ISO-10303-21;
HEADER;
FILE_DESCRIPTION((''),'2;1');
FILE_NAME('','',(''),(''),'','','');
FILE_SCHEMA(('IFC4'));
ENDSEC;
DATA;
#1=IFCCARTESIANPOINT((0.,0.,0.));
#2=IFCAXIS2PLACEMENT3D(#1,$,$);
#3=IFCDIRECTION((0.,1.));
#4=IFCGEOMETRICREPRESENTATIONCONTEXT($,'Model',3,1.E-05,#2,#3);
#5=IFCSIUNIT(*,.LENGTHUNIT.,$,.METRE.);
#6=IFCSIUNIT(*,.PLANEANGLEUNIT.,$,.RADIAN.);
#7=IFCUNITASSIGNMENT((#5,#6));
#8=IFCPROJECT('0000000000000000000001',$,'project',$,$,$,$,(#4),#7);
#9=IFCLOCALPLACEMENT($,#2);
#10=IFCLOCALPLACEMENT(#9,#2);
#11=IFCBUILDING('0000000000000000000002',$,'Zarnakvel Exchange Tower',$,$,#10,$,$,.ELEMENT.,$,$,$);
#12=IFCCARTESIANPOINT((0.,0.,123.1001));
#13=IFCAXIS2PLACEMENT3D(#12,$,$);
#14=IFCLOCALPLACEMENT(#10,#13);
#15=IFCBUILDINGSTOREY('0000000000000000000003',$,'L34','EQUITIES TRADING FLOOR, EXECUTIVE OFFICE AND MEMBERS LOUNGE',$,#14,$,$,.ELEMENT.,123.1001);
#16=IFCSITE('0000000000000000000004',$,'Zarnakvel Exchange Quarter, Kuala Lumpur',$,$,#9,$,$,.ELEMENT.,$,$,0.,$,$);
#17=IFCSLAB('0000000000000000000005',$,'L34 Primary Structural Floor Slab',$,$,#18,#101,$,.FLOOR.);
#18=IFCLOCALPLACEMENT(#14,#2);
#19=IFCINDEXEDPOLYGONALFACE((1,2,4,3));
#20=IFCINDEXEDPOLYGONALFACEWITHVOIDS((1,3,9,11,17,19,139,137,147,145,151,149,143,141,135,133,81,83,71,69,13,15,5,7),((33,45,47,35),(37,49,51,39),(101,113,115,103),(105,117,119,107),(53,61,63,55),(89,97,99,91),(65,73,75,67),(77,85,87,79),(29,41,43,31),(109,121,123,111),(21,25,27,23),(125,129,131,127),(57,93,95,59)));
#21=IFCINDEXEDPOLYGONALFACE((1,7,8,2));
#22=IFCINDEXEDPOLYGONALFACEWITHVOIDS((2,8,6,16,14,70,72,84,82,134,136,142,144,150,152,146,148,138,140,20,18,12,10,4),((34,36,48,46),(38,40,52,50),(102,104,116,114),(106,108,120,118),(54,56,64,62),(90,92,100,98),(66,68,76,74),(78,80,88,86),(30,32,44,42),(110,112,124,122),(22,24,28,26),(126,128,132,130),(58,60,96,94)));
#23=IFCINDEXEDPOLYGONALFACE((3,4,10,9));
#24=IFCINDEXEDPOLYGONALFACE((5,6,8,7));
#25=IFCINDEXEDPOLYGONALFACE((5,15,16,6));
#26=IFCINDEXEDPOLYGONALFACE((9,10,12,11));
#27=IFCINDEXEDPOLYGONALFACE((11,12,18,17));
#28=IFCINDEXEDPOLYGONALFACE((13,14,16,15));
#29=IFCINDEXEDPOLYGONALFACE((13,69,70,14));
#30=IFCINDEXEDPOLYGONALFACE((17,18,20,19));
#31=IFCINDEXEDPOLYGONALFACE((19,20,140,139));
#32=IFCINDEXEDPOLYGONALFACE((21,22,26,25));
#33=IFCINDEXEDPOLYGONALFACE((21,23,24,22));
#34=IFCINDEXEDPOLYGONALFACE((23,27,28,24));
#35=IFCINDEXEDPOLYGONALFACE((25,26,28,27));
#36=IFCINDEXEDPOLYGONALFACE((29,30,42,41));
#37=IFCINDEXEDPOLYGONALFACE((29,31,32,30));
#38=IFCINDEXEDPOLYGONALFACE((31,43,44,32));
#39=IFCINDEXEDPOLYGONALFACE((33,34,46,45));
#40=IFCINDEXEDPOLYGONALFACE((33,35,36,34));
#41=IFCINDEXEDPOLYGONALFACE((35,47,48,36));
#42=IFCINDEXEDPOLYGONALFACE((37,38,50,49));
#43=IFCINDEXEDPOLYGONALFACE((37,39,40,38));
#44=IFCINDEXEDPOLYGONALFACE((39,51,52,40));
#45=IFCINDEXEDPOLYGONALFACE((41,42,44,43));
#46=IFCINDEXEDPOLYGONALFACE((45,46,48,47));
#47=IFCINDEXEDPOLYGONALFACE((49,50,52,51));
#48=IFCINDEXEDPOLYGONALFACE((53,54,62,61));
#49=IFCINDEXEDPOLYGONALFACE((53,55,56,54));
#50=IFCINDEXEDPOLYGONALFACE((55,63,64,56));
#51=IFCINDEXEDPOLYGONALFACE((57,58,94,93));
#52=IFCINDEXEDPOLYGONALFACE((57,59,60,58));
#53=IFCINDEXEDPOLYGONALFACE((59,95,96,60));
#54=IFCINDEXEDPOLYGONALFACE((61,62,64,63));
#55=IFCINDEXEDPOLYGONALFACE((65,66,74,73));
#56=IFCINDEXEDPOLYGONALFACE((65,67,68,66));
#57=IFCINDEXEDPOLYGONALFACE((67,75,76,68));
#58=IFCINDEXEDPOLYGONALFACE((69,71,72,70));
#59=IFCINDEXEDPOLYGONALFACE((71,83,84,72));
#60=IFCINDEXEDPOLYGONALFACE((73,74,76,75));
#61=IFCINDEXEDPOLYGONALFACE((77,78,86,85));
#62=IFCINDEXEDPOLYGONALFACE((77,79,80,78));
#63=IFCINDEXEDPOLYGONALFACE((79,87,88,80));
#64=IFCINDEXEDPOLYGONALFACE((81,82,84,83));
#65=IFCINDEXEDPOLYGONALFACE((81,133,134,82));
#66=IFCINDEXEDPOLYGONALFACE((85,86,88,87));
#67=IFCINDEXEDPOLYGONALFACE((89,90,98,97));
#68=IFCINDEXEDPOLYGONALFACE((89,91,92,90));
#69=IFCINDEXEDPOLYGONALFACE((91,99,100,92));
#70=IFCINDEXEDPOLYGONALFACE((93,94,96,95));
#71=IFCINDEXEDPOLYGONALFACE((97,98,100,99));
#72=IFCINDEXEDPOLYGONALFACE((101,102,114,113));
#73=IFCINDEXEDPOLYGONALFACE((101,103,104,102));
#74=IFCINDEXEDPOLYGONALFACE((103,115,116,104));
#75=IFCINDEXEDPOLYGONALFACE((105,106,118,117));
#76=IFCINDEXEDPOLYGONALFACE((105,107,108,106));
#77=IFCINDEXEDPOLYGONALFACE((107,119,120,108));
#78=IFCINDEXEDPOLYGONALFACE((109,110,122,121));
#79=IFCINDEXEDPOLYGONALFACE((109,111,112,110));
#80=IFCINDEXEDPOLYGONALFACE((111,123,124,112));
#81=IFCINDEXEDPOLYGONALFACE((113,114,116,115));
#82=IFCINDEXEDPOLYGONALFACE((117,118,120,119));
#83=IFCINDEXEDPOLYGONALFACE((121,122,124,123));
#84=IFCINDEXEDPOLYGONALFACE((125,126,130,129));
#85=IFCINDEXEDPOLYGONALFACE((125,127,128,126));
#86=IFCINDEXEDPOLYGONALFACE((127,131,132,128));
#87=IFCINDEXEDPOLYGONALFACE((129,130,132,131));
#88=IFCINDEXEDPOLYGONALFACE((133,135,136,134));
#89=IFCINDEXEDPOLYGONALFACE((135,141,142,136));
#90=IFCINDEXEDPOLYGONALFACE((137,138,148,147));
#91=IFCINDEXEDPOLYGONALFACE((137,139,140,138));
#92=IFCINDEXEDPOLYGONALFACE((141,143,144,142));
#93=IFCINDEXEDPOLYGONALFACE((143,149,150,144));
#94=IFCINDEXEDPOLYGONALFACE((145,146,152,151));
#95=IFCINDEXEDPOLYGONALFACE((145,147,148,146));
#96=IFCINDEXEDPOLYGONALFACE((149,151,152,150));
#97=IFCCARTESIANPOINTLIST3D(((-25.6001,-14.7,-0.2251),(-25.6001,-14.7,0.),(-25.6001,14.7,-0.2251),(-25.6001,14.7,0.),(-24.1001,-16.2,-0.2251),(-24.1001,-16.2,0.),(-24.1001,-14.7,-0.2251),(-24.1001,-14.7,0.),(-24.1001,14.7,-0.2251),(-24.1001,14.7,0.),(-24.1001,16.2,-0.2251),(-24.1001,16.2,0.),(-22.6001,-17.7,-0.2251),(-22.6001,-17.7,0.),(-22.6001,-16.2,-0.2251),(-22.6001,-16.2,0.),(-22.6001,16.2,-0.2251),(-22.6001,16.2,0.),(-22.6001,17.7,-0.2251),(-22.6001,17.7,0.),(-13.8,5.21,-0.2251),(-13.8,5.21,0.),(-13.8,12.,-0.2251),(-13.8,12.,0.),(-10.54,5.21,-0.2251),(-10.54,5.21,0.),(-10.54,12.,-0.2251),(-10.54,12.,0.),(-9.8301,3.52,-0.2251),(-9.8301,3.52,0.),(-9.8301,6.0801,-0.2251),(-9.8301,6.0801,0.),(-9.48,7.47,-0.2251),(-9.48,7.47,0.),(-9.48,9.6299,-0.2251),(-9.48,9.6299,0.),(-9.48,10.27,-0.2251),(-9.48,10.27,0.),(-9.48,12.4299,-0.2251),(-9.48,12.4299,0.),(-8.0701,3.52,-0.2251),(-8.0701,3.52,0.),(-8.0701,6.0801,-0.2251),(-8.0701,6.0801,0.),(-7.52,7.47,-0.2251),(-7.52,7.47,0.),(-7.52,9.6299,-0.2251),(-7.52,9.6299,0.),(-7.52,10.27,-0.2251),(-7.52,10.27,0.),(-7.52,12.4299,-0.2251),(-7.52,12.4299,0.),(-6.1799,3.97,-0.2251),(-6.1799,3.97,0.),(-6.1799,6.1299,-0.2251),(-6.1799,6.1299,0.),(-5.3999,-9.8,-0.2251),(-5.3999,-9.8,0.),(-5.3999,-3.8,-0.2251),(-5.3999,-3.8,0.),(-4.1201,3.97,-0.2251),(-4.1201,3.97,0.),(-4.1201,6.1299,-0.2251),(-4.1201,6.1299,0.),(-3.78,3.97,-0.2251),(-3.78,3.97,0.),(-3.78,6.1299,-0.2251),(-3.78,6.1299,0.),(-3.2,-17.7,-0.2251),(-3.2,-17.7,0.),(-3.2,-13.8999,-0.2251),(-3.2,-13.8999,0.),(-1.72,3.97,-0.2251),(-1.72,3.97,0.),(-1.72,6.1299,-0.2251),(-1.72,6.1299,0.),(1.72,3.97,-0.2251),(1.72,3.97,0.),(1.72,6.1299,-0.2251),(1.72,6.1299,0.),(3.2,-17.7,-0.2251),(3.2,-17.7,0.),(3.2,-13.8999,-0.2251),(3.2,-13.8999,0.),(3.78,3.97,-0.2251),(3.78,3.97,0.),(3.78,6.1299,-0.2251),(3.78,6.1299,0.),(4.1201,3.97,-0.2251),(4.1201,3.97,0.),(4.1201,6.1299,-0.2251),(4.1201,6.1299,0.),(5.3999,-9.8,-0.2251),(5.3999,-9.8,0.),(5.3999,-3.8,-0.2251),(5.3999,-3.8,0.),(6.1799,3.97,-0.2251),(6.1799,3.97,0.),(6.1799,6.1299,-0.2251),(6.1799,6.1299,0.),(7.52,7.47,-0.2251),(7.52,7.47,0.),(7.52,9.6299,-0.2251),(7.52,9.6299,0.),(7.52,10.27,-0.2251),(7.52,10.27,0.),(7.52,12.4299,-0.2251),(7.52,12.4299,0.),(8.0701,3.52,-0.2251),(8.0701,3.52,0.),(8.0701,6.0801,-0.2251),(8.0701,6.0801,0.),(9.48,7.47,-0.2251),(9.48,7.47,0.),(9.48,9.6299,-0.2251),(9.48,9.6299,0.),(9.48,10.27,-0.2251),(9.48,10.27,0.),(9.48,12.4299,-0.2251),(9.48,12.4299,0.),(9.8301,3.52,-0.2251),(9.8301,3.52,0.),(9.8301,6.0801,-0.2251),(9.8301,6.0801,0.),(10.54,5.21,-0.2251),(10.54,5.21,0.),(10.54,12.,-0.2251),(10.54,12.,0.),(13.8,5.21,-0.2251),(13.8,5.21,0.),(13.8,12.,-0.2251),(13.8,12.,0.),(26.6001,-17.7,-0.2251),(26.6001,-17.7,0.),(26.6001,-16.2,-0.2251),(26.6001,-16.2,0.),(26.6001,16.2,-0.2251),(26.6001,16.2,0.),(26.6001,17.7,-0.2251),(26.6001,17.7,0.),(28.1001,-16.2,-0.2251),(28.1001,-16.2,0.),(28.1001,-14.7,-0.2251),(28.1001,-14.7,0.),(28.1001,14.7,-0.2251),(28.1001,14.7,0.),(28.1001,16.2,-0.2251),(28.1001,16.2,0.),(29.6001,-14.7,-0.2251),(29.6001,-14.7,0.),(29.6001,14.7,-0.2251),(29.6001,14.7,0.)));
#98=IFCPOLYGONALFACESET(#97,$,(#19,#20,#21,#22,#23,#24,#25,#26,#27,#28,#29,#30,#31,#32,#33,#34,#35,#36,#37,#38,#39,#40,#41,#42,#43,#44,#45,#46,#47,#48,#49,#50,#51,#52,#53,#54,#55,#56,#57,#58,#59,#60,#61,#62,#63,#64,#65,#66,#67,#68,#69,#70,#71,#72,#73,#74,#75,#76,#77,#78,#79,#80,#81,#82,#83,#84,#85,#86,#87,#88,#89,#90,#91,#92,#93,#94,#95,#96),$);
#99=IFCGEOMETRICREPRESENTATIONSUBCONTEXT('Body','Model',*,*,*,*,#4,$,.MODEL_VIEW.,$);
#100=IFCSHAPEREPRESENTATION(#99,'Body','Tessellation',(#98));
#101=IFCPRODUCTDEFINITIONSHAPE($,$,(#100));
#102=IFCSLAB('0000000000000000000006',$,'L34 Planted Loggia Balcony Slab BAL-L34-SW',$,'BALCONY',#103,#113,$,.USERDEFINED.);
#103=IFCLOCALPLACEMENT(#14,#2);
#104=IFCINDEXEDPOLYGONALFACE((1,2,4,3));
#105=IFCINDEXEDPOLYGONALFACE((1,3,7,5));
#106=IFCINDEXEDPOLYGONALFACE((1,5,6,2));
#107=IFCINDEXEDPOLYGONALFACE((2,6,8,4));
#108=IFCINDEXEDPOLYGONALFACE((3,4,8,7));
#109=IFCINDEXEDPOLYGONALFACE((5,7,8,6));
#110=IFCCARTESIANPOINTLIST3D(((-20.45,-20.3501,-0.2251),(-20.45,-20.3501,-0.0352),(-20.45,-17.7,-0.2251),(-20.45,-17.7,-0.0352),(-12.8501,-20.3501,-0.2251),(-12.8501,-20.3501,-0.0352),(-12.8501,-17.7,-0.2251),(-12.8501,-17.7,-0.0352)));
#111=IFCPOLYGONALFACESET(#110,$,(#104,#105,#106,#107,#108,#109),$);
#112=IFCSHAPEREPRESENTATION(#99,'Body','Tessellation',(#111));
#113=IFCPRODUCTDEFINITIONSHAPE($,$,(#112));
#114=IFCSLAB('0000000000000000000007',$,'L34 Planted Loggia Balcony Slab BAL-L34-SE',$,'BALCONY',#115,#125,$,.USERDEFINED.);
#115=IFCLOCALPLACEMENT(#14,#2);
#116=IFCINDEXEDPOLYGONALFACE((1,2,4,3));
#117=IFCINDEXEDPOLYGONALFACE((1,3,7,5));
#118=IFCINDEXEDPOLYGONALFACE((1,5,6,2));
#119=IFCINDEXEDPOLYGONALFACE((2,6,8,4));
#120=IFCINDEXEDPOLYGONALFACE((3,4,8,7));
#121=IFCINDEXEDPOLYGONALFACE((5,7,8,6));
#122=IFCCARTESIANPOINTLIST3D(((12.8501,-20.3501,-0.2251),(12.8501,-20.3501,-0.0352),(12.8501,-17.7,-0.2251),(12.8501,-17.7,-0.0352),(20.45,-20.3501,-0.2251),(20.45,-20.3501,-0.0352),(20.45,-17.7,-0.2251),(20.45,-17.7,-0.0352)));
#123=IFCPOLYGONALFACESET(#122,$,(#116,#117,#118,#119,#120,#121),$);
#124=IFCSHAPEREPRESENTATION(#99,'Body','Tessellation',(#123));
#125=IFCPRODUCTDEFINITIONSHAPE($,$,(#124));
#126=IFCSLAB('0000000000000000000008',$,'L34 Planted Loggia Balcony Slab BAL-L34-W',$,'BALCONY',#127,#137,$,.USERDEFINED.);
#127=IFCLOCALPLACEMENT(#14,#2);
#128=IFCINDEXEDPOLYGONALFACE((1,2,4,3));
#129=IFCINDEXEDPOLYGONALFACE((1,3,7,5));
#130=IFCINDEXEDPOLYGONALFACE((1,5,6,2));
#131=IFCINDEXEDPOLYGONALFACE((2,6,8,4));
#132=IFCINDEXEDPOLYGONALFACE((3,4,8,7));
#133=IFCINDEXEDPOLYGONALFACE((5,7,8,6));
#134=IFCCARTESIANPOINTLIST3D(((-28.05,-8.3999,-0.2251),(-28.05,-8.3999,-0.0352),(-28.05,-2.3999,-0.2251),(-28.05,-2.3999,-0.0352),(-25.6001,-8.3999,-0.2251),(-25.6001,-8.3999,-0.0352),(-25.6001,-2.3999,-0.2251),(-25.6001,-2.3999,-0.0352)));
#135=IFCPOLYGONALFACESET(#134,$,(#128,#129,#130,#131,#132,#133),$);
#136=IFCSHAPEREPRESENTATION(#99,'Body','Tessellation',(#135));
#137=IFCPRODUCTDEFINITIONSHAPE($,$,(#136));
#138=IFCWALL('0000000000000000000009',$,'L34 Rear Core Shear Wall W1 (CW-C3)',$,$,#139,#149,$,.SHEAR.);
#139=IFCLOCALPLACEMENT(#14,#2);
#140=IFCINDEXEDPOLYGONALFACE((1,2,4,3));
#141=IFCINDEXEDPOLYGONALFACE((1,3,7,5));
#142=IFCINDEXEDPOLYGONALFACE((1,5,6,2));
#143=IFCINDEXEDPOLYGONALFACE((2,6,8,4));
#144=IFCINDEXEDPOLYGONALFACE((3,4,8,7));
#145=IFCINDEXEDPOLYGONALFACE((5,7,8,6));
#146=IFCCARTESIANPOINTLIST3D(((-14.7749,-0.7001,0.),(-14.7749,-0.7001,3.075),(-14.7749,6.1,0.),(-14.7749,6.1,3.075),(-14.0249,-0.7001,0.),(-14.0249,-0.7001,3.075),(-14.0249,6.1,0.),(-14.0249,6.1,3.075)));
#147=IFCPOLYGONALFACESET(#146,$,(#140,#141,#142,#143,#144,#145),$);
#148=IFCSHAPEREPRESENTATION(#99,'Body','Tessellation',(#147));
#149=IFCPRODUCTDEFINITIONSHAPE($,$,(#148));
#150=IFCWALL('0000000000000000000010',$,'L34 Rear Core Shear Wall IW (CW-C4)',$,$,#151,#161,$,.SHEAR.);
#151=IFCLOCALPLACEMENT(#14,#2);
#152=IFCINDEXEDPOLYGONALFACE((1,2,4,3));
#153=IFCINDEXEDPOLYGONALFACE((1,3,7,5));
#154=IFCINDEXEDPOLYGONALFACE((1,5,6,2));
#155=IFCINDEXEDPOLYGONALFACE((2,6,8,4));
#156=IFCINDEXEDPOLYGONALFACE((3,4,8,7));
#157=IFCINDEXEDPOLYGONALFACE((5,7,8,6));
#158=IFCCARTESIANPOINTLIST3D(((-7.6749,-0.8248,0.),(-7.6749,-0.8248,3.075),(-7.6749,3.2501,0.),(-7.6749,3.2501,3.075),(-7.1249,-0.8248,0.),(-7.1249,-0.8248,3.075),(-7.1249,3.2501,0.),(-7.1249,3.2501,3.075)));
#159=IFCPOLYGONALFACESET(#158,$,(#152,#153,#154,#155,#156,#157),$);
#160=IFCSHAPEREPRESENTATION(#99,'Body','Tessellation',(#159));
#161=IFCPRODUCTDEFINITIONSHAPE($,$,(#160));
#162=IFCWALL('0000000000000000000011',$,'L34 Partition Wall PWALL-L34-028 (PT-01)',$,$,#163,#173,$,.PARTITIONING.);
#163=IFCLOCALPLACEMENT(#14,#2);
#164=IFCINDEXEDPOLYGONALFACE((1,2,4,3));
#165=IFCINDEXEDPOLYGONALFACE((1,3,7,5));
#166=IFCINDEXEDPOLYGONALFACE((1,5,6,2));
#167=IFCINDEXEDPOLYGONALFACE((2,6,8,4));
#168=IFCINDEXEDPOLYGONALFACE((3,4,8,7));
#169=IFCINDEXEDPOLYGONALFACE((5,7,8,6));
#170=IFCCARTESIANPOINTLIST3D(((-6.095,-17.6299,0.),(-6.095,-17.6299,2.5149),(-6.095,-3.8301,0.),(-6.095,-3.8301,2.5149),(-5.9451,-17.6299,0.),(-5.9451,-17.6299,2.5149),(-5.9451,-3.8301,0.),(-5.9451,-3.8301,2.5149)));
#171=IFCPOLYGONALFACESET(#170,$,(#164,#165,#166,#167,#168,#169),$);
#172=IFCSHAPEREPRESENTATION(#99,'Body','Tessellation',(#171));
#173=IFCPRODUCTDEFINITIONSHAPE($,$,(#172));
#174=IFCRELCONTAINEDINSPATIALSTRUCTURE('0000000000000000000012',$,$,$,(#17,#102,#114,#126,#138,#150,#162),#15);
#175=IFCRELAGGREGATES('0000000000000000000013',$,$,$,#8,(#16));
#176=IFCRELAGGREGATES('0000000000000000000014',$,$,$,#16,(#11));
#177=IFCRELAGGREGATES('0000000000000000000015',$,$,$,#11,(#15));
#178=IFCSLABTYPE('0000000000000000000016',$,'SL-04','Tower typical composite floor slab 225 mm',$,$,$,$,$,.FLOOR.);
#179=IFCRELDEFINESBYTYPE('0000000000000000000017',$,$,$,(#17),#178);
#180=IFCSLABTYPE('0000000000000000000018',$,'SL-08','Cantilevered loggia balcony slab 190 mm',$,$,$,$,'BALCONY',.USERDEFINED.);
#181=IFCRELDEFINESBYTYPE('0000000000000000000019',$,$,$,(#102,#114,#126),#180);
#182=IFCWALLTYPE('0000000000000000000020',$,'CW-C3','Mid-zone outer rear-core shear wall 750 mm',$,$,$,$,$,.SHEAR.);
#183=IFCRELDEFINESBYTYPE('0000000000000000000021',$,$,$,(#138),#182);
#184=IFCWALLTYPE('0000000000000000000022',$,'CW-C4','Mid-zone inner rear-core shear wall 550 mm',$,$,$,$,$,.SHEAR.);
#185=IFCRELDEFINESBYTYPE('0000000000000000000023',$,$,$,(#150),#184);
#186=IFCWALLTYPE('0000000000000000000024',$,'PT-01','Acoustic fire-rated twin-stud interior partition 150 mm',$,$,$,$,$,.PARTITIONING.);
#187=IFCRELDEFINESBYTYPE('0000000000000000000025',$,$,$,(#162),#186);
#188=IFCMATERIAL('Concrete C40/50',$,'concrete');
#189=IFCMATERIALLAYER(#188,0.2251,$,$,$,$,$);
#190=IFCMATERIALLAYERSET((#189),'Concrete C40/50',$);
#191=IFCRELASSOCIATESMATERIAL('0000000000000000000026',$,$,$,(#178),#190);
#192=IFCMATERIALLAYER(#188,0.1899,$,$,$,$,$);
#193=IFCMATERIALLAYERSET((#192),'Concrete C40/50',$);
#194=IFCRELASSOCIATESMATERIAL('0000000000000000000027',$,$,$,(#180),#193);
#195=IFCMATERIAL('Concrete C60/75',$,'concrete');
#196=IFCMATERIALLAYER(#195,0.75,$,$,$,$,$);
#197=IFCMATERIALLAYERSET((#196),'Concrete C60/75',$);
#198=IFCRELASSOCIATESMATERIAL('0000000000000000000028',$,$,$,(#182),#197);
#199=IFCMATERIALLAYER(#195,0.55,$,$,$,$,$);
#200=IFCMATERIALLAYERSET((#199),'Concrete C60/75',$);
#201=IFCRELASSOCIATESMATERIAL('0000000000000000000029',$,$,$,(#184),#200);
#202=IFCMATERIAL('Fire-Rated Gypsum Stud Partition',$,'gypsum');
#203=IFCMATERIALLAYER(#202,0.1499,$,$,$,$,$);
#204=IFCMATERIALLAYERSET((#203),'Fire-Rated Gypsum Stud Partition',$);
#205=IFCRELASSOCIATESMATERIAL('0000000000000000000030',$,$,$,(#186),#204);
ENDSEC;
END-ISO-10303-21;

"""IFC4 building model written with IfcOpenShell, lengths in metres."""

from ifc_helpers import new_model, si_unit, direction, frame, frame_2d, origin, place, context, subcontext, project, spatial, polyline, rectangle, outline, extrude, material, layer, layer_set, type_object, element, save


model = new_model("IFC4")

# Units and contexts
model_context = context("Model", 3, precision=1e-05, world=origin(), true_north=direction((0.0, 1.0)))
body_context = subcontext(model_context, "Body", "Model", "MODEL_VIEW")
ifc_project = project(units=[si_unit("LENGTHUNIT", "METRE"), si_unit("PLANEANGLEUNIT", "RADIAN")], contexts=[model_context])

# Site, building, storey
site_placement = place(None, origin())
site = spatial("IfcSite", under=ifc_project, at=site_placement, Name="Zarnakvel Exchange Quarter, Kuala Lumpur", CompositionType="ELEMENT", RefElevation=0.0)
building_placement = place(site_placement, origin())
building = spatial("IfcBuilding", under=site, at=building_placement, Name="Zarnakvel Exchange Tower", CompositionType="ELEMENT")
storey_placement = place(building_placement, frame((0.0, 0.0, 123.1001)))
storey = spatial("IfcBuildingStorey", under=building, at=storey_placement, Name="L34", Description="EQUITIES TRADING FLOOR, EXECUTIVE OFFICE AND MEMBERS LOUNGE", CompositionType="ELEMENT", Elevation=123.1001)

# Shared definitions
ifc_material_1 = material(Name="Concrete C60/75", Category="concrete")

# Shared definitions
ifc_material_2 = material(Name="Concrete C40/50", Category="concrete")

# Slabs
ifc_layer_1 = layer(ifc_material_2, 0.2251)
ifc_layer_set_1 = layer_set([ifc_layer_1], Name="Concrete C40/50")
slab_type_1 = type_object("IfcSlabType", Name="SL-04", Description="Tower typical composite floor slab 225 mm", PredefinedType="FLOOR", material=ifc_layer_set_1)
slab_1_placement = place(storey_placement, frame((0.0, 0.0, -0.2251)))
element("IfcSlab", 1, at=slab_1_placement, inside=storey, type_object=slab_type_1, Name="L34 Primary Structural Floor Slab", PredefinedType="FLOOR", context=body_context, shape_type="SweptSolid", body=[
    extrude(outline(polyline([(-25.6001, -14.7), (-24.1001, -14.7), (-24.1001, -16.2), (-22.6001, -16.2), (-22.6001, -17.7), (-3.2, -17.7), (-3.2, -13.8999), (3.2, -13.8999), (3.2, -17.7), (26.6001, -17.7), (26.6001, -16.2), (28.1001, -16.2), (28.1001, -14.7), (29.6001, -14.7), (29.6001, 14.7), (28.1001, 14.7), (28.1001, 16.2), (26.6001, 16.2), (26.6001, 17.7), (-22.6001, 17.7), (-22.6001, 16.2), (-24.1001, 16.2), (-24.1001, 14.7), (-25.6001, 14.7), (-25.6001, -14.7)]), holes=[polyline([(-5.3999, -9.8), (5.3999, -9.8), (5.3999, -3.8), (-5.3999, -3.8), (-5.3999, -9.8)]), polyline([(-13.8, 5.21), (-10.54, 5.21), (-10.54, 12.0), (-13.8, 12.0), (-13.8, 5.21)]), polyline([(10.54, 5.21), (13.8, 5.21), (13.8, 12.0), (10.54, 12.0), (10.54, 5.21)]), polyline([(-9.8301, 3.52), (-8.0701, 3.52), (-8.0701, 6.0801), (-9.8301, 6.0801), (-9.8301, 3.52)]), polyline([(8.0701, 3.52), (9.8301, 3.52), (9.8301, 6.0801), (8.0701, 6.0801), (8.0701, 3.52)]), polyline([(-6.1799, 3.97), (-4.1201, 3.97), (-4.1201, 6.1299), (-6.1799, 6.1299), (-6.1799, 3.97)]), polyline([(-3.78, 3.97), (-1.72, 3.97), (-1.72, 6.1299), (-3.78, 6.1299), (-3.78, 3.97)]), polyline([(1.72, 3.97), (3.78, 3.97), (3.78, 6.1299), (1.72, 6.1299), (1.72, 3.97)]), polyline([(4.1201, 3.97), (6.1799, 3.97), (6.1799, 6.1299), (4.1201, 6.1299), (4.1201, 3.97)]), polyline([(-9.48, 7.47), (-7.52, 7.47), (-7.52, 9.6299), (-9.48, 9.6299), (-9.48, 7.47)]), polyline([(-9.48, 10.27), (-7.52, 10.27), (-7.52, 12.4299), (-9.48, 12.4299), (-9.48, 10.27)]), polyline([(7.52, 7.47), (9.48, 7.47), (9.48, 9.6299), (7.52, 9.6299), (7.52, 7.47)]), polyline([(7.52, 10.27), (9.48, 10.27), (9.48, 12.4299), (7.52, 12.4299), (7.52, 10.27)])]), origin(), (0.0, 0.0, 1.0), 0.2251),
])
ifc_layer_2 = layer(ifc_material_2, 0.1899)
ifc_layer_set_2 = layer_set([ifc_layer_2], Name="Concrete C40/50")
slab_type_2 = type_object("IfcSlabType", Name="SL-08", Description="Cantilevered loggia balcony slab 190 mm", ElementType="BALCONY", PredefinedType="USERDEFINED", material=ifc_layer_set_2)
slab_2_placement = place(storey_placement, frame((0.0, 0.0, -0.2251)))
element("IfcSlab", 2, at=slab_2_placement, inside=storey, type_object=slab_type_2, Name="L34 Planted Loggia Balcony Slab BAL-L34-SW", ObjectType="BALCONY", PredefinedType="USERDEFINED", context=body_context, shape_type="SweptSolid", body=[
    extrude(outline(polyline([(-20.45, -20.3501), (-12.8501, -20.3501), (-12.8501, -17.7), (-20.45, -17.7), (-20.45, -20.3501)])), origin(), (0.0, 0.0, 1.0), 0.1899),
])
slab_3_placement = place(storey_placement, frame((0.0, 0.0, -0.2251)))
element("IfcSlab", 3, at=slab_3_placement, inside=storey, type_object=slab_type_2, Name="L34 Planted Loggia Balcony Slab BAL-L34-SE", ObjectType="BALCONY", PredefinedType="USERDEFINED", context=body_context, shape_type="SweptSolid", body=[
    extrude(outline(polyline([(12.8501, -20.3501), (20.45, -20.3501), (20.45, -17.7), (12.8501, -17.7), (12.8501, -20.3501)])), origin(), (0.0, 0.0, 1.0), 0.1899),
])
slab_4_placement = place(storey_placement, frame((0.0, 0.0, -0.2251)))
element("IfcSlab", 4, at=slab_4_placement, inside=storey, type_object=slab_type_2, Name="L34 Planted Loggia Balcony Slab BAL-L34-W", ObjectType="BALCONY", PredefinedType="USERDEFINED", context=body_context, shape_type="SweptSolid", body=[
    extrude(outline(polyline([(-28.05, -8.3999), (-25.6001, -8.3999), (-25.6001, -2.3999), (-28.05, -2.3999), (-28.05, -8.3999)])), origin(), (0.0, 0.0, 1.0), 0.1899),
])

# Wall
ifc_layer_3 = layer(ifc_material_1, 0.75)
ifc_layer_set_3 = layer_set([ifc_layer_3], Name="Concrete C60/75")
wall_type_1 = type_object("IfcWallType", Name="CW-C3", Description="Mid-zone outer rear-core shear wall 750 mm", PredefinedType="SHEAR", material=ifc_layer_set_3)
wall_1_placement = place(storey_placement, frame((-14.3999, -0.7, 0.0), z_axis=(0.0, 0.0, 1.0), x_axis=(0.0, 1.0, 0.0)))
element("IfcWall", 5, at=wall_1_placement, inside=storey, type_object=wall_type_1, Name="L34 Rear Core Shear Wall W1 (CW-C3)", PredefinedType="SHEAR", context=body_context, shape_type="SweptSolid", body=[
    extrude(rectangle(XDim=6.8, YDim=0.75, at=frame_2d((3.3999, 0.0))), origin(), (0.0, 0.0, 1.0), 3.075),
])

# Walls
ifc_layer_4 = layer(ifc_material_1, 0.55)
ifc_layer_set_4 = layer_set([ifc_layer_4], Name="Concrete C60/75")
wall_type_2 = type_object("IfcWallType", Name="CW-C4", Description="Mid-zone inner rear-core shear wall 550 mm", PredefinedType="SHEAR", material=ifc_layer_set_4)
wall_2_placement = place(storey_placement, frame((-7.3999, -0.825, 0.0), z_axis=(0.0, 0.0, 1.0), x_axis=(0.0, 1.0, 0.0)))
element("IfcWall", 6, at=wall_2_placement, inside=storey, type_object=wall_type_2, Name="L34 Rear Core Shear Wall IW (CW-C4)", PredefinedType="SHEAR", context=body_context, shape_type="SweptSolid", body=[
    extrude(rectangle(XDim=4.075, YDim=0.55, at=frame_2d((2.0376, 0.0))), origin(), (0.0, 0.0, 1.0), 3.075),
])
ifc_material_3 = material(Name="Fire-Rated Gypsum Stud Partition", Category="gypsum")
ifc_layer_5 = layer(ifc_material_3, 0.1499)
ifc_layer_set_5 = layer_set([ifc_layer_5], Name="Fire-Rated Gypsum Stud Partition")
wall_type_3 = type_object("IfcWallType", Name="PT-01", Description="Acoustic fire-rated twin-stud interior partition 150 mm", PredefinedType="PARTITIONING", material=ifc_layer_set_5)
wall_3_placement = place(storey_placement, frame((-6.02, -3.8301, 0.0), z_axis=(0.0, 0.0, 1.0), x_axis=(0.0, -1.0, 0.0)))
element("IfcWall", 7, at=wall_3_placement, inside=storey, type_object=wall_type_3, Name="L34 Partition Wall PWALL-L34-028 (PT-01)", PredefinedType="PARTITIONING", context=body_context, shape_type="SweptSolid", body=[
    extrude(rectangle(XDim=13.7998, YDim=0.1499, at=frame_2d((6.8999, 0.0))), origin(), (0.0, 0.0, 1.0), 2.5149),
])

save(model, "model.ifc")
